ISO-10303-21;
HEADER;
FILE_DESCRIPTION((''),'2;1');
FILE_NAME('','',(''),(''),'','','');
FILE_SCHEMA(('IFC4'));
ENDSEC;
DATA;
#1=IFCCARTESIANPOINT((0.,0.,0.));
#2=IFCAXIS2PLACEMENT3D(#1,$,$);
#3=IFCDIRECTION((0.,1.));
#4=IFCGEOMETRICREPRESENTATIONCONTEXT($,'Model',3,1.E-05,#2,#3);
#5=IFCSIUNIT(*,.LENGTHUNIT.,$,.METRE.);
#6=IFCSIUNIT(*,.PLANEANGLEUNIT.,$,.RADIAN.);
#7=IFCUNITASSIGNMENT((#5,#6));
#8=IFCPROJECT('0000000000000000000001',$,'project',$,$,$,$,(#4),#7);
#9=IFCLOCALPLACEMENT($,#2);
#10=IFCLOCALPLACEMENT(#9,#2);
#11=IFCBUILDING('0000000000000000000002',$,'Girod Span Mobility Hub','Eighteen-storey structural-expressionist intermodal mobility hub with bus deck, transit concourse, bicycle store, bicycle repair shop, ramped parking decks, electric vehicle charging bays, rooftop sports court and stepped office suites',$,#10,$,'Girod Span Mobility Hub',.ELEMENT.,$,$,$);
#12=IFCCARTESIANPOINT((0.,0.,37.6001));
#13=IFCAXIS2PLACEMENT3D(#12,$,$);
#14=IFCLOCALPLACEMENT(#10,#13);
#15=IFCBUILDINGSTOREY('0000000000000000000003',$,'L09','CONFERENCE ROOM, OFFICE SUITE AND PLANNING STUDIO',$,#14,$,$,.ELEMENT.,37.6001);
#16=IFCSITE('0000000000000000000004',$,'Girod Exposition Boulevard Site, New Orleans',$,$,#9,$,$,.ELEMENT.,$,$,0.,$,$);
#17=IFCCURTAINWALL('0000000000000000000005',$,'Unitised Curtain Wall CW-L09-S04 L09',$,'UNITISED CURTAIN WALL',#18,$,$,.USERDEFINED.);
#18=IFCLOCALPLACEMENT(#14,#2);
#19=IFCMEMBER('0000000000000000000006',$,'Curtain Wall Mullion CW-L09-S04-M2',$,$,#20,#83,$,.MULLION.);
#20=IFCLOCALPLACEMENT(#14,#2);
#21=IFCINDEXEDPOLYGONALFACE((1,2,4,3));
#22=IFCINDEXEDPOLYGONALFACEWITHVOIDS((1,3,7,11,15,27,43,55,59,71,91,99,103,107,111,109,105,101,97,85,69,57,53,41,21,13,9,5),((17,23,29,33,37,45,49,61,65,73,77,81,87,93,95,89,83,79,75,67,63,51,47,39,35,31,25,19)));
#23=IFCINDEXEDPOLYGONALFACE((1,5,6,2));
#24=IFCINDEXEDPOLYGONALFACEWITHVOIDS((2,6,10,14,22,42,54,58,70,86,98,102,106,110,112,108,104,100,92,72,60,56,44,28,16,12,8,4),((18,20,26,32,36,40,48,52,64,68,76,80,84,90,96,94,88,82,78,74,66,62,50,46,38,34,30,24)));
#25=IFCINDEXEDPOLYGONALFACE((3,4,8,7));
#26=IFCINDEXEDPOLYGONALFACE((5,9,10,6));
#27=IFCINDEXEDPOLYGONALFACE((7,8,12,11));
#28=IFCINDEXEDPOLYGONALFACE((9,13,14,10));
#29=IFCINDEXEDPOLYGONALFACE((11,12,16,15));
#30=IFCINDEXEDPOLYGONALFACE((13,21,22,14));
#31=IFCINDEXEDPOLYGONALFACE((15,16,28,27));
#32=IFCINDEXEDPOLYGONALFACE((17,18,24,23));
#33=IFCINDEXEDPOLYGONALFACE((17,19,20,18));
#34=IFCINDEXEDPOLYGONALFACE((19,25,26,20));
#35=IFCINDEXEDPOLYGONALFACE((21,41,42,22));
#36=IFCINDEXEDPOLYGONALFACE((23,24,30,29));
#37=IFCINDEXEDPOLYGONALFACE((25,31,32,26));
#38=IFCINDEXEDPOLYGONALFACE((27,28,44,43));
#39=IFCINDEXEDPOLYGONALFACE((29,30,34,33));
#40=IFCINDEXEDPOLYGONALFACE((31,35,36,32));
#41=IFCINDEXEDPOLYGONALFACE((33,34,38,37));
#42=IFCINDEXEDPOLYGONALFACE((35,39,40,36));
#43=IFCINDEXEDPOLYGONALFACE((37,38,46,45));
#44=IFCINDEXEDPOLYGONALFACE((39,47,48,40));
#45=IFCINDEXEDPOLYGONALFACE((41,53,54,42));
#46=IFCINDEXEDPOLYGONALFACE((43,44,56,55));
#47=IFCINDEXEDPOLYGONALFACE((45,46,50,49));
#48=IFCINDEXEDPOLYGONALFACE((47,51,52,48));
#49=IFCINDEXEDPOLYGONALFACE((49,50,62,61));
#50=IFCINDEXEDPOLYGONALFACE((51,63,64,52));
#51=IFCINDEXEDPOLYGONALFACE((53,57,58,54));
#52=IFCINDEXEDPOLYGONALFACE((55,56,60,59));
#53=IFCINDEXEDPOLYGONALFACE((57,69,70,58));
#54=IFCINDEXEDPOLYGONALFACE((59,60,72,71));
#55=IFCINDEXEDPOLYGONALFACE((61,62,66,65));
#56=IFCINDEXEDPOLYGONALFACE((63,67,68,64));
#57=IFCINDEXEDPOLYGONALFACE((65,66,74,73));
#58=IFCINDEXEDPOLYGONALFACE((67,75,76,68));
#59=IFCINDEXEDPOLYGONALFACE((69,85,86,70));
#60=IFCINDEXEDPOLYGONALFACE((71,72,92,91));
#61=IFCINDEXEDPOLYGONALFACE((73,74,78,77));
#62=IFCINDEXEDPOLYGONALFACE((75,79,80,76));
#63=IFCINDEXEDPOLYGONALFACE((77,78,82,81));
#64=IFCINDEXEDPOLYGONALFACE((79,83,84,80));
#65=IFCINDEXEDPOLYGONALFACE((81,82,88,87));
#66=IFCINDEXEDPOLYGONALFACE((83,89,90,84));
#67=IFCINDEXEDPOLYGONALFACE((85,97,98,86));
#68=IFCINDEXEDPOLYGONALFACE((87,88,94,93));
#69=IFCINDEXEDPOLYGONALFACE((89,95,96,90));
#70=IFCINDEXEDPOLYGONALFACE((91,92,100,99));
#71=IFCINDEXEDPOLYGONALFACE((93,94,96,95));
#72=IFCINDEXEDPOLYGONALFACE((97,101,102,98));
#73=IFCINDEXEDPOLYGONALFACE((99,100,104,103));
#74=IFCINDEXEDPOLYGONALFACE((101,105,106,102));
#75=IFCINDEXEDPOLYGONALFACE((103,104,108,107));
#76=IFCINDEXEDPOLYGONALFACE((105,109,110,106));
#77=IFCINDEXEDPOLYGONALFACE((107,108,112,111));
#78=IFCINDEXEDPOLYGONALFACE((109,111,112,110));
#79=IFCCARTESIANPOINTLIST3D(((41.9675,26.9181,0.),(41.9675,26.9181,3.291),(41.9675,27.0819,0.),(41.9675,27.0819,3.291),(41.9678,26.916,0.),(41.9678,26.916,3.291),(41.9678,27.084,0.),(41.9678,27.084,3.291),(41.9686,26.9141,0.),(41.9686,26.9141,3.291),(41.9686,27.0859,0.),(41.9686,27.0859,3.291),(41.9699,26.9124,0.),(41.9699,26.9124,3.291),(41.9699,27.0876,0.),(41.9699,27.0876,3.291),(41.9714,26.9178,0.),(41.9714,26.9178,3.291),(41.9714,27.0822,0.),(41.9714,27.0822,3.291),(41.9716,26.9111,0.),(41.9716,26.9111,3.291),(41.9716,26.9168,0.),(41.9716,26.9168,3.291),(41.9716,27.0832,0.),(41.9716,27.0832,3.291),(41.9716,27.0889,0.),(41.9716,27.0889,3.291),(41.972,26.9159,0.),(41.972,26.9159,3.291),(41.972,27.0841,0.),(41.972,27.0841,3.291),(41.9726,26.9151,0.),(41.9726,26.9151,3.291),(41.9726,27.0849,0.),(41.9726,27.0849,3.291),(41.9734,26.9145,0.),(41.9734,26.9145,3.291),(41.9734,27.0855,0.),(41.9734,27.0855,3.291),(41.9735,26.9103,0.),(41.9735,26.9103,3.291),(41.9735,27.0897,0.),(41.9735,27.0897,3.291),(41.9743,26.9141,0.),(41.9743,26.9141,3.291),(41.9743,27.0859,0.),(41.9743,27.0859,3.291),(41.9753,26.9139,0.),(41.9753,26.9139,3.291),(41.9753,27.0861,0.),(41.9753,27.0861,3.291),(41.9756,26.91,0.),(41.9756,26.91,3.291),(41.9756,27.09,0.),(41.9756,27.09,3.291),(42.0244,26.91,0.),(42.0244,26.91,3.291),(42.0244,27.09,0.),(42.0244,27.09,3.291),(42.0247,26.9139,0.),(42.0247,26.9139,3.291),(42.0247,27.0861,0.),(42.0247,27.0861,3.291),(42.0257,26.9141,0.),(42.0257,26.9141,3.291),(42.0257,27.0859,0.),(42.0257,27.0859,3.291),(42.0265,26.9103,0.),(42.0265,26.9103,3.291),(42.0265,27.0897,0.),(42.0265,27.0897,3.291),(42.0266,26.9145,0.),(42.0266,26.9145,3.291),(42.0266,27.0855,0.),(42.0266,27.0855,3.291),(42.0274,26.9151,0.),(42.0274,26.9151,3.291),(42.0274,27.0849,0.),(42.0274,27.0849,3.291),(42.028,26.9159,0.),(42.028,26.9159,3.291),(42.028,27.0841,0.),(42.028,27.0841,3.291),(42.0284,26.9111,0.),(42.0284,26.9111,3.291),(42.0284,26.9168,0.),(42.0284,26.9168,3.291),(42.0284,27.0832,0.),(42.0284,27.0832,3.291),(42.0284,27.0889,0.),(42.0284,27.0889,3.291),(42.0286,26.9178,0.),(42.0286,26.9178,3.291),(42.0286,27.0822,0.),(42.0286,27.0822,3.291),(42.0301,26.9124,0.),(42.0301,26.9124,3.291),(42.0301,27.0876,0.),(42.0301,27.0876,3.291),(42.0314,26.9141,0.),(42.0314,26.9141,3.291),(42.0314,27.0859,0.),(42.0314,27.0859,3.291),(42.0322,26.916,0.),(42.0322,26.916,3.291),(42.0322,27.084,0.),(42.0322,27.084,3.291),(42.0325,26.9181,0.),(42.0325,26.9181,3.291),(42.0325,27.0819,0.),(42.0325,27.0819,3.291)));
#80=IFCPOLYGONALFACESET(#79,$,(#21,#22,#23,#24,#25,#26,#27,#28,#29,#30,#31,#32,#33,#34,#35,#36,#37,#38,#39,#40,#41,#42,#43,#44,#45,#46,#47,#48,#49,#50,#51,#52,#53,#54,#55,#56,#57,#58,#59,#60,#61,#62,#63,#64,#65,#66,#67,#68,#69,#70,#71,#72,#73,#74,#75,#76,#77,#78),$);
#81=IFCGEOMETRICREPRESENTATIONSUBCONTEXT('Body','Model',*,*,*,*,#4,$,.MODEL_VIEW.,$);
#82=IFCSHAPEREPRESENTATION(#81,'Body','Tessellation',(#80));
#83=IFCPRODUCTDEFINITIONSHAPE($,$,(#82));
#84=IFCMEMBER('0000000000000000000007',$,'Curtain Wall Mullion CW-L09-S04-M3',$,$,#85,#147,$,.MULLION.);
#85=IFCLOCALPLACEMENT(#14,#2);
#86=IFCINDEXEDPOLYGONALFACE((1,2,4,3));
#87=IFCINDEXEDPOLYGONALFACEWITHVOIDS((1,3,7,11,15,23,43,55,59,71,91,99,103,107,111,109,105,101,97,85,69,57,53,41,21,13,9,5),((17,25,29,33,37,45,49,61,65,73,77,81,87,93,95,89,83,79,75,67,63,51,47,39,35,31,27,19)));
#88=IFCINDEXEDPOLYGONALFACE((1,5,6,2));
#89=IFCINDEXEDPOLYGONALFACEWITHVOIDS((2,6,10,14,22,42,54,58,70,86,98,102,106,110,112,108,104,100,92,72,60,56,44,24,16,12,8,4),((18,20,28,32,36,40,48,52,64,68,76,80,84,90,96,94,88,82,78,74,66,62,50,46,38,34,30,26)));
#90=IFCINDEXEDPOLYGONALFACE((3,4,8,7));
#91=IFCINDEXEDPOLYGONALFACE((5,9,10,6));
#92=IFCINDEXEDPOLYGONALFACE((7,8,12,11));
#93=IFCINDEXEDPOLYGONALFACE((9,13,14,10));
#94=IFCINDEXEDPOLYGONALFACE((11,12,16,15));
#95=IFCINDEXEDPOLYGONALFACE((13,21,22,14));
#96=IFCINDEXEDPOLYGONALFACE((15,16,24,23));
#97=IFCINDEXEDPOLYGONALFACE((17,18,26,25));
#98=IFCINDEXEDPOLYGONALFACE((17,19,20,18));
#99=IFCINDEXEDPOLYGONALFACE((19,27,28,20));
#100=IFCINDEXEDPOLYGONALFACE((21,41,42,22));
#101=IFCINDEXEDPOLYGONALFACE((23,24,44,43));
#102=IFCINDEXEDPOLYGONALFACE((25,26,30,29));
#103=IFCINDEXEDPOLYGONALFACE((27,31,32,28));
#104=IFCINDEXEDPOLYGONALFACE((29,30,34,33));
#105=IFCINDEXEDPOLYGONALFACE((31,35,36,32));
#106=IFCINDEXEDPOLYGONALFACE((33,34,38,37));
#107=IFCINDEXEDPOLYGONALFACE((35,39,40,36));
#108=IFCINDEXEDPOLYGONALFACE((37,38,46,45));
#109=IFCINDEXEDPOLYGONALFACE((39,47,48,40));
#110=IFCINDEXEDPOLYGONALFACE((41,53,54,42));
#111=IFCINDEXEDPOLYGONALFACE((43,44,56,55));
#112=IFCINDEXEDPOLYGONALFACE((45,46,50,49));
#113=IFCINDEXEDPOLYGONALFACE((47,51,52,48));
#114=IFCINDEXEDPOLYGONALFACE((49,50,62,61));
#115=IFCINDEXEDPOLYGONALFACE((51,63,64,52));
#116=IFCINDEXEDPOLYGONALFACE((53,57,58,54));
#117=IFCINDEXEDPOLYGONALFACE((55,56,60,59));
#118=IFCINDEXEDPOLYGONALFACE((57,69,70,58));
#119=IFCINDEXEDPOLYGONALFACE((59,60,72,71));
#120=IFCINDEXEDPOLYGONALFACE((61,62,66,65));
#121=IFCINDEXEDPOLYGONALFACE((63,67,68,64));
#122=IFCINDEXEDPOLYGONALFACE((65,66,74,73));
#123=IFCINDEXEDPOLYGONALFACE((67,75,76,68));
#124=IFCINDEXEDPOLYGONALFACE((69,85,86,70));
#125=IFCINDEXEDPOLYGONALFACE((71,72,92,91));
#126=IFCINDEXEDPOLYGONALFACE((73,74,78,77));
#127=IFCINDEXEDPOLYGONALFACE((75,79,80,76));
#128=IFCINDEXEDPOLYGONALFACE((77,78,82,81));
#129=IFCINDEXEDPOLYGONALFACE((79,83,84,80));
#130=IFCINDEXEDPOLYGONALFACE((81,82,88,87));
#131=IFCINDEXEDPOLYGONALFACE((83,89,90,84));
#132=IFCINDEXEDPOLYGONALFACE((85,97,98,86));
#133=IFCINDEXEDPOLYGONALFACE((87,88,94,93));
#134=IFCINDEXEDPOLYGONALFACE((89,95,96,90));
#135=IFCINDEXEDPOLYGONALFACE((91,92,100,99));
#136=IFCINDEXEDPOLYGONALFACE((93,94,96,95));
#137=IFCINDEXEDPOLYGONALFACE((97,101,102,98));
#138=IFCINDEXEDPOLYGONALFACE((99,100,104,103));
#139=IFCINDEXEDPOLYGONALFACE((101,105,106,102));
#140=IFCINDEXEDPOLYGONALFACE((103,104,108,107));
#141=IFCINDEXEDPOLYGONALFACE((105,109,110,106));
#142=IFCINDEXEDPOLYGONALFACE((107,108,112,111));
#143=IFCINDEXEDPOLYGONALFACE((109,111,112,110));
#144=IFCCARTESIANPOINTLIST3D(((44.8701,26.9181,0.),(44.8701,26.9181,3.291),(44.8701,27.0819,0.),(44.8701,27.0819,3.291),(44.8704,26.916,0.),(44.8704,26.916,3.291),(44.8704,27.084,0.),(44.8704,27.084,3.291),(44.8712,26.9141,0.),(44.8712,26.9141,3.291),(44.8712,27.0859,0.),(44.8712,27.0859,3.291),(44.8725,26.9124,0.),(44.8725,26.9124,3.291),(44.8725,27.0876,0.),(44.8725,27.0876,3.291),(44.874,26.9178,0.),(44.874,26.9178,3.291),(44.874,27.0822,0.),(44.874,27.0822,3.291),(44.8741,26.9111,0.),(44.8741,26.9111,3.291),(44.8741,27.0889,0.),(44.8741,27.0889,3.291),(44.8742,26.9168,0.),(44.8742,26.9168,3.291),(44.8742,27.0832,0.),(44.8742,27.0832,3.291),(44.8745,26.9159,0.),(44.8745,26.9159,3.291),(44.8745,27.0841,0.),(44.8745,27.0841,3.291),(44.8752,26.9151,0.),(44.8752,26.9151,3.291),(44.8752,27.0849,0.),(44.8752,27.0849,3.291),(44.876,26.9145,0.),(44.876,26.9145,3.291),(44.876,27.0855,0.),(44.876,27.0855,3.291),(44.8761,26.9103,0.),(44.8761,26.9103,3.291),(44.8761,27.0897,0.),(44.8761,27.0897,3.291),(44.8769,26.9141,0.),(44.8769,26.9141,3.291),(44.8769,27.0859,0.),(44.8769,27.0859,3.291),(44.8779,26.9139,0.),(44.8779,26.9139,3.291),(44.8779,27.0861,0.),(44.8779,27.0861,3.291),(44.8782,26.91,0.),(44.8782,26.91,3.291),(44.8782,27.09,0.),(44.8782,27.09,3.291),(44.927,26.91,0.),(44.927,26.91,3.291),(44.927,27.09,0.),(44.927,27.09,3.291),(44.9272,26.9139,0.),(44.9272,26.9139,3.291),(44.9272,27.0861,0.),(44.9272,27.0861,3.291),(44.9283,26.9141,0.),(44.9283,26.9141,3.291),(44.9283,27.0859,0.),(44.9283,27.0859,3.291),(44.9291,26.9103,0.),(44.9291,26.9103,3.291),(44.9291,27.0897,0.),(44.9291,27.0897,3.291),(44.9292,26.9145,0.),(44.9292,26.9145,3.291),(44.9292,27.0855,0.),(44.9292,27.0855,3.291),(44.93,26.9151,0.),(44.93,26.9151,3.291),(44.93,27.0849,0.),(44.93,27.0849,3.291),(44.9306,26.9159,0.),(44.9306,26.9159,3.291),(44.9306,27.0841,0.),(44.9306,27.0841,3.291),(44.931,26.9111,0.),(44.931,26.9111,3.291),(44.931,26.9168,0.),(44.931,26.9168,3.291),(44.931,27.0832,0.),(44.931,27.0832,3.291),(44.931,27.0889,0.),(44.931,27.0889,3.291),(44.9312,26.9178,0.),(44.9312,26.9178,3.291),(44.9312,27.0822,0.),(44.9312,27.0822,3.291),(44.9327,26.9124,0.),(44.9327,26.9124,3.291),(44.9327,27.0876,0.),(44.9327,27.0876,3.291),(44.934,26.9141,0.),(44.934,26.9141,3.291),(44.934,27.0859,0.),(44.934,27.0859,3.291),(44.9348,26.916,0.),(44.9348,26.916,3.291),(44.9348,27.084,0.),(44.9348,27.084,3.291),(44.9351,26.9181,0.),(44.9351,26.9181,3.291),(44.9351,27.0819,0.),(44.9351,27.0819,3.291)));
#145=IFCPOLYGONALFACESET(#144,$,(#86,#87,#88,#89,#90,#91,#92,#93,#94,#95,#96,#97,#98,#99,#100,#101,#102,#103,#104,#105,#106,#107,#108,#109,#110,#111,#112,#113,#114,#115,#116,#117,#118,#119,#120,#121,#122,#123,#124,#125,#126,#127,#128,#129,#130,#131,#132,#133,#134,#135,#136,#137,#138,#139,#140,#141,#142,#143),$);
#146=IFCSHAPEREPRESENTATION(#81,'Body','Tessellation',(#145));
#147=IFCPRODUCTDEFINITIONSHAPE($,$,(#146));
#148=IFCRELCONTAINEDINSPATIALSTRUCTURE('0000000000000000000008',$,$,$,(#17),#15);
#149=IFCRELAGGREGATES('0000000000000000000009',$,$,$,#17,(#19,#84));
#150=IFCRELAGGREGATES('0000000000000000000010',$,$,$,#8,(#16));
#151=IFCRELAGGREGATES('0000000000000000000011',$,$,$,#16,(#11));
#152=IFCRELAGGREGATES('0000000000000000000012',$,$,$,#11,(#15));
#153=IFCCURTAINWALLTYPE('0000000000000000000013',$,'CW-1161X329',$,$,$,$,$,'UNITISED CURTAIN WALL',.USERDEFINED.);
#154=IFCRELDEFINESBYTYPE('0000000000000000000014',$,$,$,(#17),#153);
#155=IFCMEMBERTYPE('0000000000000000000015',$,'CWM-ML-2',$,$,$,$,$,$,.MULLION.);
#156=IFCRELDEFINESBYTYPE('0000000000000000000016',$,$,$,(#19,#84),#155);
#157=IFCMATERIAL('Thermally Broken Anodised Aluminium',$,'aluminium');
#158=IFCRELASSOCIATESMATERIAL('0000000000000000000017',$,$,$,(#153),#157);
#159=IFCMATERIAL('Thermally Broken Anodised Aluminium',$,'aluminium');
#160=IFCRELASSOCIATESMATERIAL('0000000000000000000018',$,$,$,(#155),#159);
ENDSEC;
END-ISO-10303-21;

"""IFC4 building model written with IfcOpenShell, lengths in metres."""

from ifc_helpers import new_model, si_unit, direction, frame, origin, origin_2d, place, context, subcontext, project, spatial, hollow_rectangle, extrude, material, material_profile, profile_set, type_object, element, aggregate, save


model = new_model("IFC4")

# Units and contexts
model_context = context("Model", 3, precision=1e-05, world=origin(), true_north=direction((0.0, 1.0)))
body_context = subcontext(model_context, "Body", "Model", "MODEL_VIEW")
ifc_project = project(units=[si_unit("LENGTHUNIT", "METRE"), si_unit("PLANEANGLEUNIT", "RADIAN")], contexts=[model_context])

# Site, building, storey
site_placement = place(None, origin())
site = spatial("IfcSite", under=ifc_project, at=site_placement, Name="Girod Exposition Boulevard Site, New Orleans", CompositionType="ELEMENT", RefElevation=0.0)
building_placement = place(site_placement, origin())
building = spatial("IfcBuilding", under=site, at=building_placement, Name="Girod Span Mobility Hub", Description="Eighteen-storey structural-expressionist intermodal mobility hub with bus deck, transit concourse, bicycle store, bicycle repair shop, ramped parking decks, electric vehicle charging bays, rooftop sports court and stepped office suites", LongName="Girod Span Mobility Hub", CompositionType="ELEMENT")
storey_placement = place(building_placement, frame((0.0, 0.0, 37.6001)))
storey = spatial("IfcBuildingStorey", under=building, at=storey_placement, Name="L09", Description="CONFERENCE ROOM, OFFICE SUITE AND PLANNING STUDIO", CompositionType="ELEMENT", Elevation=37.6001)

# Curtain wall, members
ifc_material_1 = material(Name="Thermally Broken Anodised Aluminium", Category="aluminium")
curtain_wall_type = type_object("IfcCurtainWallType", Name="CW-1161X329", ElementType="UNITISED CURTAIN WALL", PredefinedType="USERDEFINED", material=ifc_material_1)
curtain_wall_1_placement = place(storey_placement, origin())
curtain_wall_1 = element("IfcCurtainWall", 1, at=curtain_wall_1_placement, inside=storey, type_object=curtain_wall_type, Name="Unitised Curtain Wall CW-L09-S04 L09", ObjectType="UNITISED CURTAIN WALL", PredefinedType="USERDEFINED")
ifc_material_2 = material(Name="Thermally Broken Anodised Aluminium", Category="aluminium")
ifc_material_profile_1 = material_profile(ifc_material_2, hollow_rectangle(XDim=0.1799, YDim=0.0649, WallThickness=0.0039, InnerFilletRadius=0.0039, OuterFilletRadius=0.0081, at=origin_2d()), Name="CW-ML-65X180")
ifc_profile_set_1 = profile_set([ifc_material_profile_1], Name="Thermally Broken Anodised Aluminium")
member_type_1 = type_object("IfcMemberType", Name="CWM-ML-2", PredefinedType="MULLION", material=ifc_profile_set_1)
member_1_placement = place(storey_placement, frame((42.0, 27.0, 0.0), z_axis=(0.0, 0.0, 1.0), x_axis=(0.0, 1.0, 0.0)))
member_1 = element("IfcMember", 2, at=member_1_placement, type_object=member_type_1, Name="Curtain Wall Mullion CW-L09-S04-M2", PredefinedType="MULLION", context=body_context, shape_type="SweptSolid", body=[
    extrude(hollow_rectangle(XDim=0.1799, YDim=0.0649, WallThickness=0.0039, InnerFilletRadius=0.0039, OuterFilletRadius=0.0081, at=origin_2d()), origin(), (0.0, 0.0, 1.0), 3.291),
])
member_2_placement = place(storey_placement, frame((44.9026, 27.0, 0.0), z_axis=(0.0, 0.0, 1.0), x_axis=(0.0, 1.0, 0.0)))
member_2 = element("IfcMember", 3, at=member_2_placement, type_object=member_type_1, Name="Curtain Wall Mullion CW-L09-S04-M3", PredefinedType="MULLION", context=body_context, shape_type="SweptSolid", body=[
    extrude(hollow_rectangle(XDim=0.1799, YDim=0.0649, WallThickness=0.0039, InnerFilletRadius=0.0039, OuterFilletRadius=0.0081, at=origin_2d()), origin(), (0.0, 0.0, 1.0), 3.291),
])

aggregate(curtain_wall_1, [member_1, member_2])

save(model, "model.ifc")
